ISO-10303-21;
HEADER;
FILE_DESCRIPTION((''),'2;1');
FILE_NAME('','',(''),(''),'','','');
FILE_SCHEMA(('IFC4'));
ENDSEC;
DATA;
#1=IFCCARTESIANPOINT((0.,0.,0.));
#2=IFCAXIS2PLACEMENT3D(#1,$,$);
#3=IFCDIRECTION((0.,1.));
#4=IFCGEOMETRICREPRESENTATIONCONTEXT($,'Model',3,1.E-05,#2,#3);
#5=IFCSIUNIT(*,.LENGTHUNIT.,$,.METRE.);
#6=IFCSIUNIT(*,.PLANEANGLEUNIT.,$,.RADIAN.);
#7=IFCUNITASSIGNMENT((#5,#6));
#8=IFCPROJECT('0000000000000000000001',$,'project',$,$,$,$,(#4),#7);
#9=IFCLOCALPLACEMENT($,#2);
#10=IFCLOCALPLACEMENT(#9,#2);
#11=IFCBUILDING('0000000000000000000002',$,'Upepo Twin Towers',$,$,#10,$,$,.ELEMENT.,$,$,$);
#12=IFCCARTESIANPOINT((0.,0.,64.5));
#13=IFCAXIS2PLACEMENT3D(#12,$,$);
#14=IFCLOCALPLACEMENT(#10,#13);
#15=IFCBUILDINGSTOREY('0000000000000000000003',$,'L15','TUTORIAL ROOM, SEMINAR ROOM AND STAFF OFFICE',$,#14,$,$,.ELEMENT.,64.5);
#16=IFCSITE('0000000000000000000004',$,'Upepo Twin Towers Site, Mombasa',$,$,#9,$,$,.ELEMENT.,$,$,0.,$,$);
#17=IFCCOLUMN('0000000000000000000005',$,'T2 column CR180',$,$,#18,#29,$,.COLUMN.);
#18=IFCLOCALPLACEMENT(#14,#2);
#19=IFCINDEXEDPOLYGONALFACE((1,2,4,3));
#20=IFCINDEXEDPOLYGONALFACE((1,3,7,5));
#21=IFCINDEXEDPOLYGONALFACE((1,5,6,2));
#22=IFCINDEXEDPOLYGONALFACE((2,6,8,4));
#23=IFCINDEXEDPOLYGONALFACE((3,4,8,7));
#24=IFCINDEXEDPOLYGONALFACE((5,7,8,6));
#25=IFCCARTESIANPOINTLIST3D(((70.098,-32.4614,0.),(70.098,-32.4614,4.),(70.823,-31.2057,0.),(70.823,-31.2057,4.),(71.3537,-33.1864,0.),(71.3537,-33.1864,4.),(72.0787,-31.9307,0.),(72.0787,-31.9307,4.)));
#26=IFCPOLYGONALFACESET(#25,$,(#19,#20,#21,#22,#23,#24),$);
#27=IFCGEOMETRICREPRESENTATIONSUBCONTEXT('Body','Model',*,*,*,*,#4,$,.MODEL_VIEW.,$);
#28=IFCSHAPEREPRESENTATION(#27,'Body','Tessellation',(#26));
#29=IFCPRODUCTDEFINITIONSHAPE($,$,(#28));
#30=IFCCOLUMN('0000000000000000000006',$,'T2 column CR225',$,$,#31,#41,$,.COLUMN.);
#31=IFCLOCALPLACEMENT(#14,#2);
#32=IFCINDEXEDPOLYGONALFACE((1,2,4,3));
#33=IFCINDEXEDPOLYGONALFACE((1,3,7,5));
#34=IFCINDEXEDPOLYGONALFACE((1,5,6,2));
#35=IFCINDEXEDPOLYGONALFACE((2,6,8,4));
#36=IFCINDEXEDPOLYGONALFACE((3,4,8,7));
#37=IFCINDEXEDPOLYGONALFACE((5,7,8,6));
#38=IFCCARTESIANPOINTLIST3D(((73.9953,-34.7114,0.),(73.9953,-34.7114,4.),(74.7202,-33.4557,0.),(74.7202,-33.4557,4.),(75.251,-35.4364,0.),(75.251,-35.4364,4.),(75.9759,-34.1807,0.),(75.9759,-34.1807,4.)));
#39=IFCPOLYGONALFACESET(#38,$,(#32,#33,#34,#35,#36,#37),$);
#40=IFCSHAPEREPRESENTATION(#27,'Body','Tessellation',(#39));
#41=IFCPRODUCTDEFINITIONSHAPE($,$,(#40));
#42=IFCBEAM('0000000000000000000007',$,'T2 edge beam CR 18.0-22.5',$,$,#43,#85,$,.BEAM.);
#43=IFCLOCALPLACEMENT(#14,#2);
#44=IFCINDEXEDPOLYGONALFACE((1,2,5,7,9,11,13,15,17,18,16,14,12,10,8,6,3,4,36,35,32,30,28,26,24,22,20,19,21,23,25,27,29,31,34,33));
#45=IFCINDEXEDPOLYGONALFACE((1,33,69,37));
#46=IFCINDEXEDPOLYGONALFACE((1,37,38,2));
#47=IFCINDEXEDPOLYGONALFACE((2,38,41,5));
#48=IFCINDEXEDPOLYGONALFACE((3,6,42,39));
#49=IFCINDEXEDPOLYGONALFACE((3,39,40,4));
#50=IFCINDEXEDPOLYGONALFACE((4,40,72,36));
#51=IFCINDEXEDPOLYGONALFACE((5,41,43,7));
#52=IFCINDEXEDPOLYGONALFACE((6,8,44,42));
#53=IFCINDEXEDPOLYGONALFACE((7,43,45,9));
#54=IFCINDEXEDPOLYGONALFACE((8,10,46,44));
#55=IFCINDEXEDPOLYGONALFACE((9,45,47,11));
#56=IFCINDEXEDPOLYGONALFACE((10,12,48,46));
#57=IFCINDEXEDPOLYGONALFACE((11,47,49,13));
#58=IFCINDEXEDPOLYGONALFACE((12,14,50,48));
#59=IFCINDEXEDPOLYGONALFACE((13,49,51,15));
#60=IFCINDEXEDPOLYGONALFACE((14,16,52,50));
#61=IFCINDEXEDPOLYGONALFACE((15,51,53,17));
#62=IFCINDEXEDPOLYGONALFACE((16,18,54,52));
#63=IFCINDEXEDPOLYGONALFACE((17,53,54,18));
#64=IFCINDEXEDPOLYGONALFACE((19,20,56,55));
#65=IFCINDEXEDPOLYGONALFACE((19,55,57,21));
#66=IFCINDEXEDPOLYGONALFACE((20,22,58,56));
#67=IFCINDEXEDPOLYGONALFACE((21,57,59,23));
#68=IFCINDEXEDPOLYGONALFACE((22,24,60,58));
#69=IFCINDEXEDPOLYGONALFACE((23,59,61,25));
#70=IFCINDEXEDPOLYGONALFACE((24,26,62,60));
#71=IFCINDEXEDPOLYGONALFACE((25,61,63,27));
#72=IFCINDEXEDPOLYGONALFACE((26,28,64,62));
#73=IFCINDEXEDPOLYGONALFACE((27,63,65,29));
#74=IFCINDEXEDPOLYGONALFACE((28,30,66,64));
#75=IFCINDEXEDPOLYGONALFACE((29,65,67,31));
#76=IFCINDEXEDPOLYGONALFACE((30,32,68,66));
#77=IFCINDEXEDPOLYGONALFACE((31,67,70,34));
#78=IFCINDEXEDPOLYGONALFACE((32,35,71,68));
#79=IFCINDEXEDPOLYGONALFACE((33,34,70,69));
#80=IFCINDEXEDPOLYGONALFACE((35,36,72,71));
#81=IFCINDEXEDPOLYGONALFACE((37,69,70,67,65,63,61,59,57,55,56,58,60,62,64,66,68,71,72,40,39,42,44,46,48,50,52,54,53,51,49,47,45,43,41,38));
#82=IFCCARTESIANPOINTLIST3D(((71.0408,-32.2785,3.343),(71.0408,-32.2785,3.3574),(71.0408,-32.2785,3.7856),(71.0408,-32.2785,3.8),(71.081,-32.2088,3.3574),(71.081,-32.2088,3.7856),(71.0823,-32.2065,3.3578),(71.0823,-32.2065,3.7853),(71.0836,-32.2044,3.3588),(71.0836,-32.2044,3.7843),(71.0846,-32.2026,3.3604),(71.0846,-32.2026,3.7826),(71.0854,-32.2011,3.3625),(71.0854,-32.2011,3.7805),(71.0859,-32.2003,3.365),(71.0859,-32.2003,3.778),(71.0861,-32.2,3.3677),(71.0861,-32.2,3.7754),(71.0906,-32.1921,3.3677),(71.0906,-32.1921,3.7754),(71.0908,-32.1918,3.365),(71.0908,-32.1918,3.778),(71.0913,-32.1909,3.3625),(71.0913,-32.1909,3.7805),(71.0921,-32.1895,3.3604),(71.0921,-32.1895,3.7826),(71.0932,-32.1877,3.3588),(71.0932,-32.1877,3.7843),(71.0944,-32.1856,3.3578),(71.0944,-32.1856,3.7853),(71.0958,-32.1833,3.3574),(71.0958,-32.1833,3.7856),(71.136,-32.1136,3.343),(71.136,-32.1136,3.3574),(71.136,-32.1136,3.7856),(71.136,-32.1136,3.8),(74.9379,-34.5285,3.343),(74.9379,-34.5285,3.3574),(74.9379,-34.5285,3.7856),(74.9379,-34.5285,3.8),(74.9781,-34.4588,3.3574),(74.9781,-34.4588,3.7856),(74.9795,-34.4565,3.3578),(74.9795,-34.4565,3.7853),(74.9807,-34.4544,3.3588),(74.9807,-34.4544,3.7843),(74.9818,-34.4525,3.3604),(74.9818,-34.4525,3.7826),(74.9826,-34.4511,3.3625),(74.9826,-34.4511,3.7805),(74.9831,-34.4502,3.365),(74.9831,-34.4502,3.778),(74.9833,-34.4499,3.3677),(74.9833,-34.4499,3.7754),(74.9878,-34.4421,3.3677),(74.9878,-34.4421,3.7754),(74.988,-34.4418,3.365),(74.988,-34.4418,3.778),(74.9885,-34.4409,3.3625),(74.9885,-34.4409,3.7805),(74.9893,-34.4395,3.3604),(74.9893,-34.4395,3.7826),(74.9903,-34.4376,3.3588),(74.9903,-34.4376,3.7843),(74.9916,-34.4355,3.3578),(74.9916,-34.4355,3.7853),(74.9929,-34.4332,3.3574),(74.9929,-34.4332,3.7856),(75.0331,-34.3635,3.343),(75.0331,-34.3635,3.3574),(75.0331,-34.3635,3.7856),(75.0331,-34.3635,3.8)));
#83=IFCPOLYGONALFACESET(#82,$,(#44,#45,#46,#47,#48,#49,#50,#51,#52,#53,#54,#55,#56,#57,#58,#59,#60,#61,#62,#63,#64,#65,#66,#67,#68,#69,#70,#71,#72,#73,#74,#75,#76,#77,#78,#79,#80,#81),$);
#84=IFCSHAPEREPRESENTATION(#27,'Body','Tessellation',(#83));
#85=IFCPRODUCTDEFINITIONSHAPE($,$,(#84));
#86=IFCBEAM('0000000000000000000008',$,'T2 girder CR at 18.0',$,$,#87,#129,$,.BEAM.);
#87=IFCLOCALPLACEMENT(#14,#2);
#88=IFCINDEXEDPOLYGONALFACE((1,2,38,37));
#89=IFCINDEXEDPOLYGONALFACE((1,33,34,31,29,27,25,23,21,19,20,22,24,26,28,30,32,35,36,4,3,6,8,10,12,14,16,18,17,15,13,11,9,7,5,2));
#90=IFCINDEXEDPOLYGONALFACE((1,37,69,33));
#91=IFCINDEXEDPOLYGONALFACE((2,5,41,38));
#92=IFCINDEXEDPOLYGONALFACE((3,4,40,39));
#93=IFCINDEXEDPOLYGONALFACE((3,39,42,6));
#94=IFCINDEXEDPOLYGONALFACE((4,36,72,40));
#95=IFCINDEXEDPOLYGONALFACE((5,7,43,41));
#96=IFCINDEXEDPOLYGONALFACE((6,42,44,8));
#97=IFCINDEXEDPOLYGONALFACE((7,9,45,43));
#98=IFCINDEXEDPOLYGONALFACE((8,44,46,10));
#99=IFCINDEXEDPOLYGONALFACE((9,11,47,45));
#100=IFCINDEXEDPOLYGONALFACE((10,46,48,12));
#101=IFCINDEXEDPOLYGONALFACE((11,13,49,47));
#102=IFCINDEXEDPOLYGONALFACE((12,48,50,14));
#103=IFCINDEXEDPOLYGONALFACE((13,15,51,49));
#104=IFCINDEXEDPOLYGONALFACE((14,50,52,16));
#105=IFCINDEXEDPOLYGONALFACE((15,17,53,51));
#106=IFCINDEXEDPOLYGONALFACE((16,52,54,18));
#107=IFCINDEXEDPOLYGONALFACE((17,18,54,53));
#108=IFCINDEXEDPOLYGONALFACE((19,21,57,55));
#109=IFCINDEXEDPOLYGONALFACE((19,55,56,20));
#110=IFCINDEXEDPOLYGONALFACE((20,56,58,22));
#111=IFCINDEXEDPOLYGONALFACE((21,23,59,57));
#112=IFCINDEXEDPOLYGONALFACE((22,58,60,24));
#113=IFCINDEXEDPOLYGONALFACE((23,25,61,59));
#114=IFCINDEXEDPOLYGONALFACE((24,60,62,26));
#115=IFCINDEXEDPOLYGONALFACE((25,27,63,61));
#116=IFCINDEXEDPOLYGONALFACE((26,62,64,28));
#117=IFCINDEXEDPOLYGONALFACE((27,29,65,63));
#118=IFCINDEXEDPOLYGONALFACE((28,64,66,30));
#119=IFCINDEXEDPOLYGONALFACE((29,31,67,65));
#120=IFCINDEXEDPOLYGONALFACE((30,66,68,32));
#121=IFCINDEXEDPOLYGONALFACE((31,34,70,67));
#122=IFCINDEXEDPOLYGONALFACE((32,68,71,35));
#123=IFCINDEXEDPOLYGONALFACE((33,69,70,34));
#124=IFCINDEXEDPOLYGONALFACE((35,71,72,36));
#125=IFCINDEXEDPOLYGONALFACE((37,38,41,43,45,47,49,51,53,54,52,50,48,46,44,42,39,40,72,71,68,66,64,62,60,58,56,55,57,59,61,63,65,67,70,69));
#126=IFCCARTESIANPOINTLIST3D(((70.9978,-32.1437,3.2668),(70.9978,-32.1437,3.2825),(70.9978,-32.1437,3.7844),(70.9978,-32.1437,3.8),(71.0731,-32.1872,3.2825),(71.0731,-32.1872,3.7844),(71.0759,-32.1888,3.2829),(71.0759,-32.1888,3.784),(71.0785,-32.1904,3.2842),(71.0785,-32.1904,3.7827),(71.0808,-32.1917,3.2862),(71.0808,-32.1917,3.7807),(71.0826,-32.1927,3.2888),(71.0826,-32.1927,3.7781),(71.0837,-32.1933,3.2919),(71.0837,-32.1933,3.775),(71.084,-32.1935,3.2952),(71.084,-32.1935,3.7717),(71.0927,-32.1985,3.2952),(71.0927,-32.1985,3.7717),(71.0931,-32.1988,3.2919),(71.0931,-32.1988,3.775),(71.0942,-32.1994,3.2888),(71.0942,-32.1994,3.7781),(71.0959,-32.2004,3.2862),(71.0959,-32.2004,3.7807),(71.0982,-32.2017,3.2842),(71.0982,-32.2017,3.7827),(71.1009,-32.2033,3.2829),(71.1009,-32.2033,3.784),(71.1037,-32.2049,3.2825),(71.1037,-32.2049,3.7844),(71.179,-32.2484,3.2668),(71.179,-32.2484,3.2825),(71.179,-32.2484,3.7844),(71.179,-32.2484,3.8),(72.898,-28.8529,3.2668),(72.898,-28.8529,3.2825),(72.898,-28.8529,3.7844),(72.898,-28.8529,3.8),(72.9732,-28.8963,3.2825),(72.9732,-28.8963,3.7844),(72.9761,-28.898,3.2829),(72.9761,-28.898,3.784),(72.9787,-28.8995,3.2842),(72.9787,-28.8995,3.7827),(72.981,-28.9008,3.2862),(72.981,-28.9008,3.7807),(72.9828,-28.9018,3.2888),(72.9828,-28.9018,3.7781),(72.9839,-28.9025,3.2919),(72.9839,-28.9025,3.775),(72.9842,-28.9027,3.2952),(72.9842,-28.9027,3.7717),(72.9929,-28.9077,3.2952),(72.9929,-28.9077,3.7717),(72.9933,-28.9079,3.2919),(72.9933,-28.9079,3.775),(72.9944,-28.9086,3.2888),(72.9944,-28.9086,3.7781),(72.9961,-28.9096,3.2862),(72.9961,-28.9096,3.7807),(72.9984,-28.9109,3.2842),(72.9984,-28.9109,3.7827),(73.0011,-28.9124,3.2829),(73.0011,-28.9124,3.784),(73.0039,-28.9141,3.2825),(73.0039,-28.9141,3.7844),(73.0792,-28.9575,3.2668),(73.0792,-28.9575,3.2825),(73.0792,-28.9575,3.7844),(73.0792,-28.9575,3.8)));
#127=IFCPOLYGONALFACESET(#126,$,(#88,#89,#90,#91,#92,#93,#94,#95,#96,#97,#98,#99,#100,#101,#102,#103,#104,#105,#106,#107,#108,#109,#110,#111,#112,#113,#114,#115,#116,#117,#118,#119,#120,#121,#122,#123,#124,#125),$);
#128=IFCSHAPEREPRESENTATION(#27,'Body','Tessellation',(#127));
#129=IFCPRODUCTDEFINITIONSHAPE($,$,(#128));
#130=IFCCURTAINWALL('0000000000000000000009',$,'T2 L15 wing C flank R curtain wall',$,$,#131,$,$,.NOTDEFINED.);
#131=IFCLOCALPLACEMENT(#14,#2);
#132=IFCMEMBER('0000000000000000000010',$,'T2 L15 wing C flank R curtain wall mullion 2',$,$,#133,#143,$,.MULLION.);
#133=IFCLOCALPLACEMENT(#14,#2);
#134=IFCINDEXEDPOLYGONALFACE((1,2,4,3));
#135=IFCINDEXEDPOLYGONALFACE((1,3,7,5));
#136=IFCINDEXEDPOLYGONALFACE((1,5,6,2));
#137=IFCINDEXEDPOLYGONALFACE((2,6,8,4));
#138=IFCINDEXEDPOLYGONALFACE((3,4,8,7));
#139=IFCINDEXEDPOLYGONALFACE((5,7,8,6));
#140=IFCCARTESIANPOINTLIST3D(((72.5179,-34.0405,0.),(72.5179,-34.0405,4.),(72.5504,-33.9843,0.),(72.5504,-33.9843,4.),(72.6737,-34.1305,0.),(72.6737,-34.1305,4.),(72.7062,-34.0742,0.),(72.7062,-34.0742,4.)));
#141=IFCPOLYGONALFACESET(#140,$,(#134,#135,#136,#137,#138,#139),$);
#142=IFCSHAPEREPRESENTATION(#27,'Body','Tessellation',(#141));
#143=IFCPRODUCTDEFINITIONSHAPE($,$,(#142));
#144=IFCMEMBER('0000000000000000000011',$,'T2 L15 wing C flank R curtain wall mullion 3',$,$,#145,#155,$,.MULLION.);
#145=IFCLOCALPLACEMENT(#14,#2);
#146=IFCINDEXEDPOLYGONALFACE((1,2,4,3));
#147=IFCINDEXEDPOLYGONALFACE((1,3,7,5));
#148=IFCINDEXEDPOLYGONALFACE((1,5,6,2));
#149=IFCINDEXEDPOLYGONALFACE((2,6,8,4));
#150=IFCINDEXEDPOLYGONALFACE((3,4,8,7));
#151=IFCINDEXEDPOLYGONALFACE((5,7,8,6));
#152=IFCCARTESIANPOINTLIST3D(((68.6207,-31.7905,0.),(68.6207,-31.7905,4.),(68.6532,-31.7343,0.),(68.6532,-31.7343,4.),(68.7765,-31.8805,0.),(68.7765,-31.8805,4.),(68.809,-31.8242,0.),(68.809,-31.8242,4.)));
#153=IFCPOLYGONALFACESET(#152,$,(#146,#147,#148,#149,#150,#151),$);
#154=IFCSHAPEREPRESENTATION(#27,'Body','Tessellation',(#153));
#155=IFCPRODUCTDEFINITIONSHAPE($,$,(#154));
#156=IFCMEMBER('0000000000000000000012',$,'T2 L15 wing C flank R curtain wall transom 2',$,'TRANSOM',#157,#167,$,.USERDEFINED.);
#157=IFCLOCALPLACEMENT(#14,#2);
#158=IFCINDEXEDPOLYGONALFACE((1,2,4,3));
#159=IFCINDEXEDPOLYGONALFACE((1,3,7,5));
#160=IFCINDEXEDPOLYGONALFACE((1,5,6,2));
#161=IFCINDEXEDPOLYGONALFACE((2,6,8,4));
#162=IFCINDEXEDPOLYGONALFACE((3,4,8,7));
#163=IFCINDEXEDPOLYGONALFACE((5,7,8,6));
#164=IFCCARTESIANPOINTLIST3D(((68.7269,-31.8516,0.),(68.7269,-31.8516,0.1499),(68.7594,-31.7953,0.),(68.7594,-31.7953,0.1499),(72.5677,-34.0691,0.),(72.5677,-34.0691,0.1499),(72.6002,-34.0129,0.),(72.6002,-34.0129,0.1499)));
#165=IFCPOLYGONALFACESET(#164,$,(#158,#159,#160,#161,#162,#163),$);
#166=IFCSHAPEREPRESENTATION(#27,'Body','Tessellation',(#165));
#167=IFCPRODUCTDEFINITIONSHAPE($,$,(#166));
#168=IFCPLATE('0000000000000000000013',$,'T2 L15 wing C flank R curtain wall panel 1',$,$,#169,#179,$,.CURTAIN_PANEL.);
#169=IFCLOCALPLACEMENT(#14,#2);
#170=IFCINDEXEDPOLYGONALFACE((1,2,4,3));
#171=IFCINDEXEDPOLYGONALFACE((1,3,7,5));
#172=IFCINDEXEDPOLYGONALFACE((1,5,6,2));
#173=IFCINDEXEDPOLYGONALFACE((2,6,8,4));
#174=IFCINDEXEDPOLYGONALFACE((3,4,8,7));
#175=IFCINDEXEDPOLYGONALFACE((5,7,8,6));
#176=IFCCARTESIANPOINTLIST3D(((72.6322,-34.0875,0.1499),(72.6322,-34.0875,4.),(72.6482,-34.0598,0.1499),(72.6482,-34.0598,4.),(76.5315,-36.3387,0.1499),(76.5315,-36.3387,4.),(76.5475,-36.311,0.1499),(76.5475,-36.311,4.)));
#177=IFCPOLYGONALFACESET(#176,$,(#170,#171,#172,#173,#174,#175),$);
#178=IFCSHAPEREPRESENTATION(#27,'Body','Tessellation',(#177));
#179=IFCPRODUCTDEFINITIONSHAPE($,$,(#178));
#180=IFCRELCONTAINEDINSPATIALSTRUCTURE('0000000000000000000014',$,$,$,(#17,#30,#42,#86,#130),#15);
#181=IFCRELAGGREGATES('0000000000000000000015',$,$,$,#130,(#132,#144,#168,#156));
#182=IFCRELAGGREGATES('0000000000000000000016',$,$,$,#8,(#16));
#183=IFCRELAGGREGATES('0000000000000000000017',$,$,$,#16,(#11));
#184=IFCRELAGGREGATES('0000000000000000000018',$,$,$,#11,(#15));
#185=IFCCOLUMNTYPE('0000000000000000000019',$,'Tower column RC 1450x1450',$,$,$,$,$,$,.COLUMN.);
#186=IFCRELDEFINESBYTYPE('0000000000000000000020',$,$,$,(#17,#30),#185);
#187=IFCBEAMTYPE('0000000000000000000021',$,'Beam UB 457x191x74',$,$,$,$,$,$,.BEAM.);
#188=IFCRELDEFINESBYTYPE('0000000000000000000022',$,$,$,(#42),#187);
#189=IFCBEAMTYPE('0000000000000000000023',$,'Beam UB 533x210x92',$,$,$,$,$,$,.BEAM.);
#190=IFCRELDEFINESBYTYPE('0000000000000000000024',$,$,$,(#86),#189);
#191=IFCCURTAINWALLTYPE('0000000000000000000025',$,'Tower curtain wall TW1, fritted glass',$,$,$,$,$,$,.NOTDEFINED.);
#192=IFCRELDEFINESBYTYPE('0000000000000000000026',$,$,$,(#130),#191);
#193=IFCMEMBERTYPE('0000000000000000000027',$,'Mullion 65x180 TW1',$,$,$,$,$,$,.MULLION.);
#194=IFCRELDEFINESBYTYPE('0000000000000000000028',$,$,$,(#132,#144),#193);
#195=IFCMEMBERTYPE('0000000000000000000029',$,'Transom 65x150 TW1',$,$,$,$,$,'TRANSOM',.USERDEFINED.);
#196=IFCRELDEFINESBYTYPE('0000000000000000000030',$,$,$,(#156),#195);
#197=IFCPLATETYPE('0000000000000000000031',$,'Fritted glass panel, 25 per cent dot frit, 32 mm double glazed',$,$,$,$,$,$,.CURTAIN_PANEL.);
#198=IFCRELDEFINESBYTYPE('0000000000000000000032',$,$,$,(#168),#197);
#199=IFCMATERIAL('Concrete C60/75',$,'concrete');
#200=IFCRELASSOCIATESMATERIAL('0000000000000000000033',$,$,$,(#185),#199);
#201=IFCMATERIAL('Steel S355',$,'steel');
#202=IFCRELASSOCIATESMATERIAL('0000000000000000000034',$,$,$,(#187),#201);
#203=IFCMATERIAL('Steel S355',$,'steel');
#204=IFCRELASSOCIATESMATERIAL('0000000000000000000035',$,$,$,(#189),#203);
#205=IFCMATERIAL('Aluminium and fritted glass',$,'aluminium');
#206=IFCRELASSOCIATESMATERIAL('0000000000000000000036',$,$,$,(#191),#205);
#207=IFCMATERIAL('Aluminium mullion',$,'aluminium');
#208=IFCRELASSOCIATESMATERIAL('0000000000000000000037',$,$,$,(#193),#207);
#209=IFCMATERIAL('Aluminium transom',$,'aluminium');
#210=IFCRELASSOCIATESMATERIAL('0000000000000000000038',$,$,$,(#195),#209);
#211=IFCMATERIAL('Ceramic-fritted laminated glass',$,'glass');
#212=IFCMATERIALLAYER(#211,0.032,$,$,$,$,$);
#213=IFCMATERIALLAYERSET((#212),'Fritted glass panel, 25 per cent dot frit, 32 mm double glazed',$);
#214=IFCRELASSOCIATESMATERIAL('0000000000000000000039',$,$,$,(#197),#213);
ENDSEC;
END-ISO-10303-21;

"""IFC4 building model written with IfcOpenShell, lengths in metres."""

from ifc_helpers import new_model, si_unit, direction, frame, origin, origin_2d, place, context, subcontext, project, spatial, rectangle, i_section, extrude, material, layer, layer_set, material_profile, profile_set, type_object, element, aggregate, save


model = new_model("IFC4")

# Units and contexts
model_context = context("Model", 3, precision=1e-05, world=origin(), true_north=direction((0.0, 1.0)))
body_context = subcontext(model_context, "Body", "Model", "MODEL_VIEW")
ifc_project = project(units=[si_unit("LENGTHUNIT", "METRE"), si_unit("PLANEANGLEUNIT", "RADIAN")], contexts=[model_context])

# Site, building, storey
site_placement = place(None, origin())
site = spatial("IfcSite", under=ifc_project, at=site_placement, Name="Upepo Twin Towers Site, Mombasa", CompositionType="ELEMENT", RefElevation=0.0)
building_placement = place(site_placement, origin())
building = spatial("IfcBuilding", under=site, at=building_placement, Name="Upepo Twin Towers", CompositionType="ELEMENT")
storey_placement = place(building_placement, frame((0.0, 0.0, 64.5)))
storey = spatial("IfcBuildingStorey", under=building, at=storey_placement, Name="L15", Description="TUTORIAL ROOM, SEMINAR ROOM AND STAFF OFFICE", CompositionType="ELEMENT", Elevation=64.5)

# Columns
ifc_material_1 = material(Name="Concrete C60/75", Category="concrete")
ifc_material_profile_1 = material_profile(ifc_material_1, rectangle(XDim=1.45, YDim=1.45, at=origin_2d()), Name="RC 1450x1450")
ifc_profile_set_1 = profile_set([ifc_material_profile_1], Name="Concrete C60/75")
column_type = type_object("IfcColumnType", Name="Tower column RC 1450x1450", PredefinedType="COLUMN", material=ifc_profile_set_1)
for number, where, z_axis, x_axis, name in (
    (1, (71.0884, -32.196, 0.0), (0.0, 0.0, 1.0), (0.5, 0.866025, 0.0), "T2 column CR180"),
    (2, (74.9856, -34.446, 0.0), (0.0, 0.0, 1.0), (0.5, 0.866025, 0.0), "T2 column CR225"),
):
    element("IfcColumn", number, at=place(storey_placement, frame(where, z_axis=z_axis, x_axis=x_axis)), inside=storey, type_object=column_type, Name=name, PredefinedType="COLUMN", context=body_context, shape_type="SweptSolid", body=[
        extrude(rectangle(XDim=1.45, YDim=1.45, at=origin_2d()), origin(), (0.0, 0.0, 1.0), 4.0),
    ])

# Beams
ifc_material_2 = material(Name="Steel S355", Category="steel")
ifc_material_profile_2 = material_profile(ifc_material_2, i_section(OverallWidth=0.1904, OverallDepth=0.457, WebThickness=0.009, FlangeThickness=0.0144, FilletRadius=0.0103, at=origin_2d()), Name="UB 457x191x74")
ifc_profile_set_2 = profile_set([ifc_material_profile_2], Name="Steel S355")
beam_type_1 = type_object("IfcBeamType", Name="Beam UB 457x191x74", PredefinedType="BEAM", material=ifc_profile_set_2)
beam_1_placement = place(storey_placement, frame((71.0884, -32.196, 3.5715), z_axis=(0.866031, -0.49999, 0.0), x_axis=(0.49999, 0.866031, 0.0)))
element("IfcBeam", 3, at=beam_1_placement, inside=storey, type_object=beam_type_1, Name="T2 edge beam CR 18.0-22.5", PredefinedType="BEAM", context=body_context, shape_type="SweptSolid", body=[
    extrude(i_section(OverallWidth=0.1904, OverallDepth=0.457, WebThickness=0.009, FlangeThickness=0.0144, FilletRadius=0.0103, at=origin_2d()), origin(), (0.0, 0.0, 1.0), 4.5),
])
ifc_material_3 = material(Name="Steel S355", Category="steel")
ifc_material_profile_3 = material_profile(ifc_material_3, i_section(OverallWidth=0.2092, OverallDepth=0.5332, WebThickness=0.01, FlangeThickness=0.0156, FilletRadius=0.0127, at=origin_2d()), Name="UB 533x210x92")
ifc_profile_set_3 = profile_set([ifc_material_profile_3], Name="Steel S355")
beam_type_2 = type_object("IfcBeamType", Name="Beam UB 533x210x92", PredefinedType="BEAM", material=ifc_profile_set_3)
beam_2_placement = place(storey_placement, frame((71.0884, -32.196, 3.5334), z_axis=(0.500043, 0.866, 0.0), x_axis=(-0.866, 0.500043, 0.0)))
element("IfcBeam", 4, at=beam_2_placement, inside=storey, type_object=beam_type_2, Name="T2 girder CR at 18.0", PredefinedType="BEAM", context=body_context, shape_type="SweptSolid", body=[
    extrude(i_section(OverallWidth=0.2092, OverallDepth=0.5332, WebThickness=0.01, FlangeThickness=0.0156, FilletRadius=0.0127, at=origin_2d()), origin(), (0.0, 0.0, 1.0), 3.8),
])

# Curtain wall, members, plate
ifc_material_4 = material(Name="Aluminium and fritted glass", Category="aluminium")
curtain_wall_type = type_object("IfcCurtainWallType", Name="Tower curtain wall TW1, fritted glass", PredefinedType="NOTDEFINED", material=ifc_material_4)
curtain_wall_placement = place(storey_placement, origin())
curtain_wall = element("IfcCurtainWall", 5, at=curtain_wall_placement, inside=storey, type_object=curtain_wall_type, Name="T2 L15 wing C flank R curtain wall", PredefinedType="NOTDEFINED")
ifc_material_5 = material(Name="Aluminium mullion", Category="aluminium")
ifc_material_profile_4 = material_profile(ifc_material_5, rectangle(XDim=0.0649, YDim=0.1799, at=origin_2d()), Name="MULLION 65x180")
ifc_profile_set_4 = profile_set([ifc_material_profile_4], Name="Aluminium mullion")
member_type_1 = type_object("IfcMemberType", Name="Mullion 65x180 TW1", PredefinedType="MULLION", material=ifc_profile_set_4)
member_1_placement = place(storey_placement, frame((72.6121, -34.0574, 0.0), z_axis=(0.0, 0.0, 1.0), x_axis=(-0.5, -0.866025, 0.0)))
member_1 = element("IfcMember", 6, at=member_1_placement, type_object=member_type_1, Name="T2 L15 wing C flank R curtain wall mullion 2", PredefinedType="MULLION", context=body_context, shape_type="SweptSolid", body=[
    extrude(rectangle(XDim=0.0649, YDim=0.1799, at=origin_2d()), origin(), (0.0, 0.0, 1.0), 4.0),
])
member_2_placement = place(storey_placement, frame((68.7148, -31.8074, 0.0), z_axis=(0.0, 0.0, 1.0), x_axis=(-0.5, -0.866025, 0.0)))
member_2 = element("IfcMember", 7, at=member_2_placement, type_object=member_type_1, Name="T2 L15 wing C flank R curtain wall mullion 3", PredefinedType="MULLION", context=body_context, shape_type="SweptSolid", body=[
    extrude(rectangle(XDim=0.0649, YDim=0.1799, at=origin_2d()), origin(), (0.0, 0.0, 1.0), 4.0),
])
ifc_material_6 = material(Name="Aluminium transom", Category="aluminium")
ifc_material_profile_5 = material_profile(ifc_material_6, rectangle(XDim=0.0649, YDim=0.1499, at=origin_2d()), Name="TRANSOM 65x150")
ifc_profile_set_5 = profile_set([ifc_material_profile_5], Name="Aluminium transom")
member_type_2 = type_object("IfcMemberType", Name="Transom 65x150 TW1", ElementType="TRANSOM", PredefinedType="USERDEFINED", material=ifc_profile_set_5)
member_3_placement = place(storey_placement, frame((72.584, -34.041, 0.075), z_axis=(-0.866022, 0.500005, 0.0), x_axis=(-0.500005, -0.866022, 0.0)))
member_3 = element("IfcMember", 8, at=member_3_placement, type_object=member_type_2, Name="T2 L15 wing C flank R curtain wall transom 2", ObjectType="TRANSOM", PredefinedType="USERDEFINED", context=body_context, shape_type="SweptSolid", body=[
    extrude(rectangle(XDim=0.0649, YDim=0.1499, at=origin_2d()), origin(), (0.0, 0.0, 1.0), 4.4351),
])
ifc_material_7 = material(Name="Ceramic-fritted laminated glass", Category="glass")
ifc_layer_1 = layer(ifc_material_7, 0.032)
ifc_layer_set_1 = layer_set([ifc_layer_1], Name="Fritted glass panel, 25 per cent dot frit, 32 mm double glazed")
plate_type = type_object("IfcPlateType", Name="Fritted glass panel, 25 per cent dot frit, 32 mm double glazed", PredefinedType="CURTAIN_PANEL", material=ifc_layer_set_1)
plate_1_placement = place(storey_placement, frame((74.5898, -35.1992, 0.1499), z_axis=(0.0, 0.0, 1.0), x_axis=(-0.866025, 0.5, 0.0)))
plate_1 = element("IfcPlate", 9, at=plate_1_placement, type_object=plate_type, Name="T2 L15 wing C flank R curtain wall panel 1", PredefinedType="CURTAIN_PANEL", context=body_context, shape_type="SweptSolid", body=[
    extrude(rectangle(XDim=4.5024, YDim=0.032, at=origin_2d()), origin(), (0.0, 0.0, 1.0), 3.8501),
])
aggregate(curtain_wall, [member_1, member_2, plate_1, member_3])

save(model, "model.ifc")
